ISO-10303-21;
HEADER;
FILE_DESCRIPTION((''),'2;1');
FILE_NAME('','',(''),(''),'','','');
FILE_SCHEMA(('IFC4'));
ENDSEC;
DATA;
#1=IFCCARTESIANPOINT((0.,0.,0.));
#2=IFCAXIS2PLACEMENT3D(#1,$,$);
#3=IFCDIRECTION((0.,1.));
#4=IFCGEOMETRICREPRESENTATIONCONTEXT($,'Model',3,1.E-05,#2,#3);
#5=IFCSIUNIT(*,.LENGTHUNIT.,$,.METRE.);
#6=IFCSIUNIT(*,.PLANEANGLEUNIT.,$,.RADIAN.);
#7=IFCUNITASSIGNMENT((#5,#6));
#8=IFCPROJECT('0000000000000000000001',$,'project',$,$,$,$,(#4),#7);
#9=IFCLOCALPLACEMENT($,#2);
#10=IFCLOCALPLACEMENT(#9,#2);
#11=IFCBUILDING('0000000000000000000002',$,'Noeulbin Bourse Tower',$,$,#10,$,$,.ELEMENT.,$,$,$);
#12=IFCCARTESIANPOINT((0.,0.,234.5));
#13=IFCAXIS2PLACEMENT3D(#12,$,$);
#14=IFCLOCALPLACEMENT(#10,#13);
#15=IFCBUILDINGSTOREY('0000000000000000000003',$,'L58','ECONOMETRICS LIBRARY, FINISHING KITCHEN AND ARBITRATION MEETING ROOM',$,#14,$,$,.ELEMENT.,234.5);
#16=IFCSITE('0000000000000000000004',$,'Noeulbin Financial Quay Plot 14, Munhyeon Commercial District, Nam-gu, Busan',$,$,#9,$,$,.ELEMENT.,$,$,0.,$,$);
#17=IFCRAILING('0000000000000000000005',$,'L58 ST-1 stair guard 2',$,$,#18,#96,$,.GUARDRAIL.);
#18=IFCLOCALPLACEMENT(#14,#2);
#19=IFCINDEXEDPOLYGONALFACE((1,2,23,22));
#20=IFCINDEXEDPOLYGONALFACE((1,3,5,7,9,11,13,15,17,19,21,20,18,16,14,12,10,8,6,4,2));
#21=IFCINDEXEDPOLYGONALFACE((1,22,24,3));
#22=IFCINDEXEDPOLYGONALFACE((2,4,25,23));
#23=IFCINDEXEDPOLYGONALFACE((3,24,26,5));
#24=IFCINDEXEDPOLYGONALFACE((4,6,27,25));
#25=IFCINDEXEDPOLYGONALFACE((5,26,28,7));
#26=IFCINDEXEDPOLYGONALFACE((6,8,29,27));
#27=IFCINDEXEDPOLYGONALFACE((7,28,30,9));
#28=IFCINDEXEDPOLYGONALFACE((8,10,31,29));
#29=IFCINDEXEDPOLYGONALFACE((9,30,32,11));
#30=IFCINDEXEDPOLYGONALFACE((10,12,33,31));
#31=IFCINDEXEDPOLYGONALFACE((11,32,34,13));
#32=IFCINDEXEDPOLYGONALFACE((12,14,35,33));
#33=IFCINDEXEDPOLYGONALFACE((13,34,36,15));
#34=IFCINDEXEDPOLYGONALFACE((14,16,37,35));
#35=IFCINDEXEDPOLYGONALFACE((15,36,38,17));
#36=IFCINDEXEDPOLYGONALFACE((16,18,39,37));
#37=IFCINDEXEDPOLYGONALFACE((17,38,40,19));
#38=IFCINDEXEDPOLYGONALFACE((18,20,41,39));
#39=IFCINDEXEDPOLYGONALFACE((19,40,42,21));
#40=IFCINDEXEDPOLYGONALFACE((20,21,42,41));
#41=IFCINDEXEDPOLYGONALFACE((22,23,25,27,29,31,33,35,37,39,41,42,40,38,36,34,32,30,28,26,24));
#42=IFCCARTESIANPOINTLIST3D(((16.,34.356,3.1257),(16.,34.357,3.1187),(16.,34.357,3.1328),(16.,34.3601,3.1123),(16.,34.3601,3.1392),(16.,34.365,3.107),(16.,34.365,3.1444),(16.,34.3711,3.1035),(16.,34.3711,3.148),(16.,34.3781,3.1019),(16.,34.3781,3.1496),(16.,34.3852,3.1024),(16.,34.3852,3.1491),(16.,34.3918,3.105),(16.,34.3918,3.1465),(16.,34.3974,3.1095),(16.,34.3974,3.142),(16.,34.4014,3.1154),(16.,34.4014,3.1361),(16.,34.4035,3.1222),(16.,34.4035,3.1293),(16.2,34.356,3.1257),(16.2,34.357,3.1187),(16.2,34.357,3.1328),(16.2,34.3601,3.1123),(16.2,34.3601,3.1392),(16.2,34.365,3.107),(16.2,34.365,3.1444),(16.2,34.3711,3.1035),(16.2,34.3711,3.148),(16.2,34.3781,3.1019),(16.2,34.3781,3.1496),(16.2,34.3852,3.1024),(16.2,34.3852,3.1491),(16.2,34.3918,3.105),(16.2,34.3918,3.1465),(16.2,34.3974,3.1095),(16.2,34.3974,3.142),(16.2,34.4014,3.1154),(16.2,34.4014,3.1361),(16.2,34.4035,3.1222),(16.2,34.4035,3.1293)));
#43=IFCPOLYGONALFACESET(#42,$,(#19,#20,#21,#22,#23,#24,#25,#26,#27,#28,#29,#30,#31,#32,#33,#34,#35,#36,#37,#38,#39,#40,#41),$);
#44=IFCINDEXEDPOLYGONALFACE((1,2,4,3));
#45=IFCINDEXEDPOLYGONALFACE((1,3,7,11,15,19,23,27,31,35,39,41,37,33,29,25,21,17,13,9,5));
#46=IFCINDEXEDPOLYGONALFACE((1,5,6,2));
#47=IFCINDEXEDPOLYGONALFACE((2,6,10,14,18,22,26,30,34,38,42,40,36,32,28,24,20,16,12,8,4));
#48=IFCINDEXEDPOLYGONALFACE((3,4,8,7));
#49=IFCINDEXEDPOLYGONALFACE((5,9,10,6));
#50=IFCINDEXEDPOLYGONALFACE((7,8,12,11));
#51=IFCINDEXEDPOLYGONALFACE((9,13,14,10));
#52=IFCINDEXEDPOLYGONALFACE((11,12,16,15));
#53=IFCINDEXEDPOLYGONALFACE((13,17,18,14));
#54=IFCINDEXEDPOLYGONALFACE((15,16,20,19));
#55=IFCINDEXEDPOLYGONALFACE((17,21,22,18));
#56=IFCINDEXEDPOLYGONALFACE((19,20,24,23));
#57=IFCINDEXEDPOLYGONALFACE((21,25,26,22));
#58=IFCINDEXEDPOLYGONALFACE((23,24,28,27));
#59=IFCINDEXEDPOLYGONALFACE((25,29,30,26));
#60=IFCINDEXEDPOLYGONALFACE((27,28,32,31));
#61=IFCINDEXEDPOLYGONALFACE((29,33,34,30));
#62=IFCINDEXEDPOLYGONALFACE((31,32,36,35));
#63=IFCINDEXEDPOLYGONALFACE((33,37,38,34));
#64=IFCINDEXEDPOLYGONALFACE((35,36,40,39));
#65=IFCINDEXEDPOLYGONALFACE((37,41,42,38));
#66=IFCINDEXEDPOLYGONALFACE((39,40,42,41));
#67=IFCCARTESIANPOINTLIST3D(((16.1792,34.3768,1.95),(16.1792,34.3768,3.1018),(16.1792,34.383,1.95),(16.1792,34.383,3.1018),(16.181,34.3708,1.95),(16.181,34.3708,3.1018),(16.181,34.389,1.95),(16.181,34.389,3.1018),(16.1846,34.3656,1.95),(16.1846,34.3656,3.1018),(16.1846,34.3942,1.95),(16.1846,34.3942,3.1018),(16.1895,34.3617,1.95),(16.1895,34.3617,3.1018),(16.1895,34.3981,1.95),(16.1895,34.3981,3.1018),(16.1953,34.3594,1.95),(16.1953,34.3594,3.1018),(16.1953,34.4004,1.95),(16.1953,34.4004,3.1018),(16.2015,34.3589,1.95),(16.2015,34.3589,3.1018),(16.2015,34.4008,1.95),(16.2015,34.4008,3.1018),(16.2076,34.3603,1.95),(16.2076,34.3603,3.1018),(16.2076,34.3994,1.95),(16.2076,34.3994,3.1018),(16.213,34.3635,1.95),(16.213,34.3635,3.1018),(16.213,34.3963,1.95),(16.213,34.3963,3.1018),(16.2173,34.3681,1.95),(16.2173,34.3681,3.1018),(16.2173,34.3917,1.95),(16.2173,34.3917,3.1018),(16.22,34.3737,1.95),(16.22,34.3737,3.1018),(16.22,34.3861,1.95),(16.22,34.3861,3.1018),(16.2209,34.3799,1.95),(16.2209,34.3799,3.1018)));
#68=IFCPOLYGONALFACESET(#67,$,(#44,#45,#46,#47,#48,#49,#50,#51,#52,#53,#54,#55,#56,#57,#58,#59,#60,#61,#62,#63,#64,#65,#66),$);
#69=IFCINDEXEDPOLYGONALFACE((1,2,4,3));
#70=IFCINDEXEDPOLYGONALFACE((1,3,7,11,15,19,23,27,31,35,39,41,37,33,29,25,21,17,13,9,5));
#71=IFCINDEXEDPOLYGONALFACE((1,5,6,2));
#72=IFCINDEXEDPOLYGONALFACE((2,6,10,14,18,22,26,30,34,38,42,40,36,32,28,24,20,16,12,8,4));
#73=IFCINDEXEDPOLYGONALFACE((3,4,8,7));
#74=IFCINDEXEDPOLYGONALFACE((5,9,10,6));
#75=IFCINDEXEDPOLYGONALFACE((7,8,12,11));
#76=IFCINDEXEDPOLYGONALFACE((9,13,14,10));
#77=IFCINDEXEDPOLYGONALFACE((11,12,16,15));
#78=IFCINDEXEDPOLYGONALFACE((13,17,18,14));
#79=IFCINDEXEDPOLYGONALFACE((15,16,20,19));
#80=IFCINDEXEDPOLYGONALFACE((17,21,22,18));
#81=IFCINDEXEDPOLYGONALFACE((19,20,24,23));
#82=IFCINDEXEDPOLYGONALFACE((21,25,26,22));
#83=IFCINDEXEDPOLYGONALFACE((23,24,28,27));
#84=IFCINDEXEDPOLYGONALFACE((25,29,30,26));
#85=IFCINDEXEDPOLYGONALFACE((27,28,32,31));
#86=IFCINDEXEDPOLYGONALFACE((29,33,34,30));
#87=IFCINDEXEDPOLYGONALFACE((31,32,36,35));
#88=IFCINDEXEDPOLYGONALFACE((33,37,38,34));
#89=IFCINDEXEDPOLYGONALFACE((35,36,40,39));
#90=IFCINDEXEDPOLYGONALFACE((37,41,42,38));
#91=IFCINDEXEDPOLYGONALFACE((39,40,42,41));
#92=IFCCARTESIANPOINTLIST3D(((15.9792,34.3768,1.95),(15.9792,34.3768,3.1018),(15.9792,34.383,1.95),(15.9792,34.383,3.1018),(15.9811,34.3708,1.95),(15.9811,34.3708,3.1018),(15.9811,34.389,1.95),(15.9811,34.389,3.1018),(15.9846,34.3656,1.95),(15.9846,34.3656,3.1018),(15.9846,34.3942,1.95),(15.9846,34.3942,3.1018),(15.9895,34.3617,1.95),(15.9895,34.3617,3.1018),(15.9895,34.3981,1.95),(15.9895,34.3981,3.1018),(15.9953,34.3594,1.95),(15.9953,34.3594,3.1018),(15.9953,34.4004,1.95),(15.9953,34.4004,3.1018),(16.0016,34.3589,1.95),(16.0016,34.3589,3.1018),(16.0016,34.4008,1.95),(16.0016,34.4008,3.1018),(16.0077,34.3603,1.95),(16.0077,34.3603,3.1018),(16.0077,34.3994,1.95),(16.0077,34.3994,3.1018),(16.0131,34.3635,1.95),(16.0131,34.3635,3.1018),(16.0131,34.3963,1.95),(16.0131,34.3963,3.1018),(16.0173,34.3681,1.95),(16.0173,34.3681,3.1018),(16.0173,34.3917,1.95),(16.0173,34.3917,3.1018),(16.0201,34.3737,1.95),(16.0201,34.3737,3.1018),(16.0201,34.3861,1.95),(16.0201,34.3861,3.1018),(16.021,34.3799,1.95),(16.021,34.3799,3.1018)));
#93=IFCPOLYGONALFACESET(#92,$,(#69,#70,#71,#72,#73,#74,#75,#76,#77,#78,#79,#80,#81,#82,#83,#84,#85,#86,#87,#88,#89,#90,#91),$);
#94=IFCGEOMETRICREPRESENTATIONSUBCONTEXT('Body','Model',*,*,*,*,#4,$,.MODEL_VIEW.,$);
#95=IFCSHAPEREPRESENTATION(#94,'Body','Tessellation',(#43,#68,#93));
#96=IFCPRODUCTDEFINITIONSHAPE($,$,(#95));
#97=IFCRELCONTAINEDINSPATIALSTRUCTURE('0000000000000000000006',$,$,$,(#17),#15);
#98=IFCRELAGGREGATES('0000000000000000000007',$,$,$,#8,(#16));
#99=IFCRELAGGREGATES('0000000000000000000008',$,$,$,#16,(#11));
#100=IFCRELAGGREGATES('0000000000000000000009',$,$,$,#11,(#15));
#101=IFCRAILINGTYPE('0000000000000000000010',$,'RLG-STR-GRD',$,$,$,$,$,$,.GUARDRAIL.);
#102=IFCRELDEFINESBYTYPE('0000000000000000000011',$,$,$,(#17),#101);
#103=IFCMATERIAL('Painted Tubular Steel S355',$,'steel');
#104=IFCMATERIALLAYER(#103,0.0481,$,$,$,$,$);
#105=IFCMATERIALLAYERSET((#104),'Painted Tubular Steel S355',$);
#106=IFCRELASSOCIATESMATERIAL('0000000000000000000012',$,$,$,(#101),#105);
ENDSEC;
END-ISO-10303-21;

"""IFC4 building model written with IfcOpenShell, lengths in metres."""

from ifc_helpers import new_model, si_unit, direction, frame, origin, origin_2d, place, context, subcontext, project, spatial, circle, extrude, material, layer, layer_set, type_object, element, save


model = new_model("IFC4")

# Units and contexts
model_context = context("Model", 3, precision=1e-05, world=origin(), true_north=direction((0.0, 1.0)))
body_context = subcontext(model_context, "Body", "Model", "MODEL_VIEW")
ifc_project = project(units=[si_unit("LENGTHUNIT", "METRE"), si_unit("PLANEANGLEUNIT", "RADIAN")], contexts=[model_context])

# Site, building, storey
site_placement = place(None, origin())
site = spatial("IfcSite", under=ifc_project, at=site_placement, Name="Noeulbin Financial Quay Plot 14, Munhyeon Commercial District, Nam-gu, Busan", CompositionType="ELEMENT", RefElevation=0.0)
building_placement = place(site_placement, origin())
building = spatial("IfcBuilding", under=site, at=building_placement, Name="Noeulbin Bourse Tower", CompositionType="ELEMENT")
storey_placement = place(building_placement, frame((0.0, 0.0, 234.5)))
storey = spatial("IfcBuildingStorey", under=building, at=storey_placement, Name="L58", Description="ECONOMETRICS LIBRARY, FINISHING KITCHEN AND ARBITRATION MEETING ROOM", CompositionType="ELEMENT", Elevation=234.5)

# Railing
ifc_material_1 = material(Name="Painted Tubular Steel S355", Category="steel")
ifc_layer_1 = layer(ifc_material_1, 0.0481)
ifc_layer_set_1 = layer_set([ifc_layer_1], Name="Painted Tubular Steel S355")
railing_type_1 = type_object("IfcRailingType", Name="RLG-STR-GRD", PredefinedType="GUARDRAIL", material=ifc_layer_set_1)
railing_1_placement = place(storey_placement, frame((16.2, 34.3799, 1.95)))
element("IfcRailing", 1, at=railing_1_placement, inside=storey, type_object=railing_type_1, Name="L58 ST-1 stair guard 2", PredefinedType="GUARDRAIL", context=body_context, shape_type="SweptSolid", body=[
    extrude(circle(Radius=0.0239, at=origin_2d()), frame((0.0, 0.0, 1.1758), z_axis=(-1.0, 0.0, 0.0), x_axis=(0.0, -1.0, 0.0)), (0.0, 0.0, 1.0), 0.2),
    extrude(circle(Radius=0.021, at=origin_2d()), origin(), (0.0, 0.0, 1.0), 1.1519),
    extrude(circle(Radius=0.021, at=origin_2d()), frame((-0.2, 0.0, 0.0)), (0.0, 0.0, 1.0), 1.1519),
])

save(model, "model.ifc")
